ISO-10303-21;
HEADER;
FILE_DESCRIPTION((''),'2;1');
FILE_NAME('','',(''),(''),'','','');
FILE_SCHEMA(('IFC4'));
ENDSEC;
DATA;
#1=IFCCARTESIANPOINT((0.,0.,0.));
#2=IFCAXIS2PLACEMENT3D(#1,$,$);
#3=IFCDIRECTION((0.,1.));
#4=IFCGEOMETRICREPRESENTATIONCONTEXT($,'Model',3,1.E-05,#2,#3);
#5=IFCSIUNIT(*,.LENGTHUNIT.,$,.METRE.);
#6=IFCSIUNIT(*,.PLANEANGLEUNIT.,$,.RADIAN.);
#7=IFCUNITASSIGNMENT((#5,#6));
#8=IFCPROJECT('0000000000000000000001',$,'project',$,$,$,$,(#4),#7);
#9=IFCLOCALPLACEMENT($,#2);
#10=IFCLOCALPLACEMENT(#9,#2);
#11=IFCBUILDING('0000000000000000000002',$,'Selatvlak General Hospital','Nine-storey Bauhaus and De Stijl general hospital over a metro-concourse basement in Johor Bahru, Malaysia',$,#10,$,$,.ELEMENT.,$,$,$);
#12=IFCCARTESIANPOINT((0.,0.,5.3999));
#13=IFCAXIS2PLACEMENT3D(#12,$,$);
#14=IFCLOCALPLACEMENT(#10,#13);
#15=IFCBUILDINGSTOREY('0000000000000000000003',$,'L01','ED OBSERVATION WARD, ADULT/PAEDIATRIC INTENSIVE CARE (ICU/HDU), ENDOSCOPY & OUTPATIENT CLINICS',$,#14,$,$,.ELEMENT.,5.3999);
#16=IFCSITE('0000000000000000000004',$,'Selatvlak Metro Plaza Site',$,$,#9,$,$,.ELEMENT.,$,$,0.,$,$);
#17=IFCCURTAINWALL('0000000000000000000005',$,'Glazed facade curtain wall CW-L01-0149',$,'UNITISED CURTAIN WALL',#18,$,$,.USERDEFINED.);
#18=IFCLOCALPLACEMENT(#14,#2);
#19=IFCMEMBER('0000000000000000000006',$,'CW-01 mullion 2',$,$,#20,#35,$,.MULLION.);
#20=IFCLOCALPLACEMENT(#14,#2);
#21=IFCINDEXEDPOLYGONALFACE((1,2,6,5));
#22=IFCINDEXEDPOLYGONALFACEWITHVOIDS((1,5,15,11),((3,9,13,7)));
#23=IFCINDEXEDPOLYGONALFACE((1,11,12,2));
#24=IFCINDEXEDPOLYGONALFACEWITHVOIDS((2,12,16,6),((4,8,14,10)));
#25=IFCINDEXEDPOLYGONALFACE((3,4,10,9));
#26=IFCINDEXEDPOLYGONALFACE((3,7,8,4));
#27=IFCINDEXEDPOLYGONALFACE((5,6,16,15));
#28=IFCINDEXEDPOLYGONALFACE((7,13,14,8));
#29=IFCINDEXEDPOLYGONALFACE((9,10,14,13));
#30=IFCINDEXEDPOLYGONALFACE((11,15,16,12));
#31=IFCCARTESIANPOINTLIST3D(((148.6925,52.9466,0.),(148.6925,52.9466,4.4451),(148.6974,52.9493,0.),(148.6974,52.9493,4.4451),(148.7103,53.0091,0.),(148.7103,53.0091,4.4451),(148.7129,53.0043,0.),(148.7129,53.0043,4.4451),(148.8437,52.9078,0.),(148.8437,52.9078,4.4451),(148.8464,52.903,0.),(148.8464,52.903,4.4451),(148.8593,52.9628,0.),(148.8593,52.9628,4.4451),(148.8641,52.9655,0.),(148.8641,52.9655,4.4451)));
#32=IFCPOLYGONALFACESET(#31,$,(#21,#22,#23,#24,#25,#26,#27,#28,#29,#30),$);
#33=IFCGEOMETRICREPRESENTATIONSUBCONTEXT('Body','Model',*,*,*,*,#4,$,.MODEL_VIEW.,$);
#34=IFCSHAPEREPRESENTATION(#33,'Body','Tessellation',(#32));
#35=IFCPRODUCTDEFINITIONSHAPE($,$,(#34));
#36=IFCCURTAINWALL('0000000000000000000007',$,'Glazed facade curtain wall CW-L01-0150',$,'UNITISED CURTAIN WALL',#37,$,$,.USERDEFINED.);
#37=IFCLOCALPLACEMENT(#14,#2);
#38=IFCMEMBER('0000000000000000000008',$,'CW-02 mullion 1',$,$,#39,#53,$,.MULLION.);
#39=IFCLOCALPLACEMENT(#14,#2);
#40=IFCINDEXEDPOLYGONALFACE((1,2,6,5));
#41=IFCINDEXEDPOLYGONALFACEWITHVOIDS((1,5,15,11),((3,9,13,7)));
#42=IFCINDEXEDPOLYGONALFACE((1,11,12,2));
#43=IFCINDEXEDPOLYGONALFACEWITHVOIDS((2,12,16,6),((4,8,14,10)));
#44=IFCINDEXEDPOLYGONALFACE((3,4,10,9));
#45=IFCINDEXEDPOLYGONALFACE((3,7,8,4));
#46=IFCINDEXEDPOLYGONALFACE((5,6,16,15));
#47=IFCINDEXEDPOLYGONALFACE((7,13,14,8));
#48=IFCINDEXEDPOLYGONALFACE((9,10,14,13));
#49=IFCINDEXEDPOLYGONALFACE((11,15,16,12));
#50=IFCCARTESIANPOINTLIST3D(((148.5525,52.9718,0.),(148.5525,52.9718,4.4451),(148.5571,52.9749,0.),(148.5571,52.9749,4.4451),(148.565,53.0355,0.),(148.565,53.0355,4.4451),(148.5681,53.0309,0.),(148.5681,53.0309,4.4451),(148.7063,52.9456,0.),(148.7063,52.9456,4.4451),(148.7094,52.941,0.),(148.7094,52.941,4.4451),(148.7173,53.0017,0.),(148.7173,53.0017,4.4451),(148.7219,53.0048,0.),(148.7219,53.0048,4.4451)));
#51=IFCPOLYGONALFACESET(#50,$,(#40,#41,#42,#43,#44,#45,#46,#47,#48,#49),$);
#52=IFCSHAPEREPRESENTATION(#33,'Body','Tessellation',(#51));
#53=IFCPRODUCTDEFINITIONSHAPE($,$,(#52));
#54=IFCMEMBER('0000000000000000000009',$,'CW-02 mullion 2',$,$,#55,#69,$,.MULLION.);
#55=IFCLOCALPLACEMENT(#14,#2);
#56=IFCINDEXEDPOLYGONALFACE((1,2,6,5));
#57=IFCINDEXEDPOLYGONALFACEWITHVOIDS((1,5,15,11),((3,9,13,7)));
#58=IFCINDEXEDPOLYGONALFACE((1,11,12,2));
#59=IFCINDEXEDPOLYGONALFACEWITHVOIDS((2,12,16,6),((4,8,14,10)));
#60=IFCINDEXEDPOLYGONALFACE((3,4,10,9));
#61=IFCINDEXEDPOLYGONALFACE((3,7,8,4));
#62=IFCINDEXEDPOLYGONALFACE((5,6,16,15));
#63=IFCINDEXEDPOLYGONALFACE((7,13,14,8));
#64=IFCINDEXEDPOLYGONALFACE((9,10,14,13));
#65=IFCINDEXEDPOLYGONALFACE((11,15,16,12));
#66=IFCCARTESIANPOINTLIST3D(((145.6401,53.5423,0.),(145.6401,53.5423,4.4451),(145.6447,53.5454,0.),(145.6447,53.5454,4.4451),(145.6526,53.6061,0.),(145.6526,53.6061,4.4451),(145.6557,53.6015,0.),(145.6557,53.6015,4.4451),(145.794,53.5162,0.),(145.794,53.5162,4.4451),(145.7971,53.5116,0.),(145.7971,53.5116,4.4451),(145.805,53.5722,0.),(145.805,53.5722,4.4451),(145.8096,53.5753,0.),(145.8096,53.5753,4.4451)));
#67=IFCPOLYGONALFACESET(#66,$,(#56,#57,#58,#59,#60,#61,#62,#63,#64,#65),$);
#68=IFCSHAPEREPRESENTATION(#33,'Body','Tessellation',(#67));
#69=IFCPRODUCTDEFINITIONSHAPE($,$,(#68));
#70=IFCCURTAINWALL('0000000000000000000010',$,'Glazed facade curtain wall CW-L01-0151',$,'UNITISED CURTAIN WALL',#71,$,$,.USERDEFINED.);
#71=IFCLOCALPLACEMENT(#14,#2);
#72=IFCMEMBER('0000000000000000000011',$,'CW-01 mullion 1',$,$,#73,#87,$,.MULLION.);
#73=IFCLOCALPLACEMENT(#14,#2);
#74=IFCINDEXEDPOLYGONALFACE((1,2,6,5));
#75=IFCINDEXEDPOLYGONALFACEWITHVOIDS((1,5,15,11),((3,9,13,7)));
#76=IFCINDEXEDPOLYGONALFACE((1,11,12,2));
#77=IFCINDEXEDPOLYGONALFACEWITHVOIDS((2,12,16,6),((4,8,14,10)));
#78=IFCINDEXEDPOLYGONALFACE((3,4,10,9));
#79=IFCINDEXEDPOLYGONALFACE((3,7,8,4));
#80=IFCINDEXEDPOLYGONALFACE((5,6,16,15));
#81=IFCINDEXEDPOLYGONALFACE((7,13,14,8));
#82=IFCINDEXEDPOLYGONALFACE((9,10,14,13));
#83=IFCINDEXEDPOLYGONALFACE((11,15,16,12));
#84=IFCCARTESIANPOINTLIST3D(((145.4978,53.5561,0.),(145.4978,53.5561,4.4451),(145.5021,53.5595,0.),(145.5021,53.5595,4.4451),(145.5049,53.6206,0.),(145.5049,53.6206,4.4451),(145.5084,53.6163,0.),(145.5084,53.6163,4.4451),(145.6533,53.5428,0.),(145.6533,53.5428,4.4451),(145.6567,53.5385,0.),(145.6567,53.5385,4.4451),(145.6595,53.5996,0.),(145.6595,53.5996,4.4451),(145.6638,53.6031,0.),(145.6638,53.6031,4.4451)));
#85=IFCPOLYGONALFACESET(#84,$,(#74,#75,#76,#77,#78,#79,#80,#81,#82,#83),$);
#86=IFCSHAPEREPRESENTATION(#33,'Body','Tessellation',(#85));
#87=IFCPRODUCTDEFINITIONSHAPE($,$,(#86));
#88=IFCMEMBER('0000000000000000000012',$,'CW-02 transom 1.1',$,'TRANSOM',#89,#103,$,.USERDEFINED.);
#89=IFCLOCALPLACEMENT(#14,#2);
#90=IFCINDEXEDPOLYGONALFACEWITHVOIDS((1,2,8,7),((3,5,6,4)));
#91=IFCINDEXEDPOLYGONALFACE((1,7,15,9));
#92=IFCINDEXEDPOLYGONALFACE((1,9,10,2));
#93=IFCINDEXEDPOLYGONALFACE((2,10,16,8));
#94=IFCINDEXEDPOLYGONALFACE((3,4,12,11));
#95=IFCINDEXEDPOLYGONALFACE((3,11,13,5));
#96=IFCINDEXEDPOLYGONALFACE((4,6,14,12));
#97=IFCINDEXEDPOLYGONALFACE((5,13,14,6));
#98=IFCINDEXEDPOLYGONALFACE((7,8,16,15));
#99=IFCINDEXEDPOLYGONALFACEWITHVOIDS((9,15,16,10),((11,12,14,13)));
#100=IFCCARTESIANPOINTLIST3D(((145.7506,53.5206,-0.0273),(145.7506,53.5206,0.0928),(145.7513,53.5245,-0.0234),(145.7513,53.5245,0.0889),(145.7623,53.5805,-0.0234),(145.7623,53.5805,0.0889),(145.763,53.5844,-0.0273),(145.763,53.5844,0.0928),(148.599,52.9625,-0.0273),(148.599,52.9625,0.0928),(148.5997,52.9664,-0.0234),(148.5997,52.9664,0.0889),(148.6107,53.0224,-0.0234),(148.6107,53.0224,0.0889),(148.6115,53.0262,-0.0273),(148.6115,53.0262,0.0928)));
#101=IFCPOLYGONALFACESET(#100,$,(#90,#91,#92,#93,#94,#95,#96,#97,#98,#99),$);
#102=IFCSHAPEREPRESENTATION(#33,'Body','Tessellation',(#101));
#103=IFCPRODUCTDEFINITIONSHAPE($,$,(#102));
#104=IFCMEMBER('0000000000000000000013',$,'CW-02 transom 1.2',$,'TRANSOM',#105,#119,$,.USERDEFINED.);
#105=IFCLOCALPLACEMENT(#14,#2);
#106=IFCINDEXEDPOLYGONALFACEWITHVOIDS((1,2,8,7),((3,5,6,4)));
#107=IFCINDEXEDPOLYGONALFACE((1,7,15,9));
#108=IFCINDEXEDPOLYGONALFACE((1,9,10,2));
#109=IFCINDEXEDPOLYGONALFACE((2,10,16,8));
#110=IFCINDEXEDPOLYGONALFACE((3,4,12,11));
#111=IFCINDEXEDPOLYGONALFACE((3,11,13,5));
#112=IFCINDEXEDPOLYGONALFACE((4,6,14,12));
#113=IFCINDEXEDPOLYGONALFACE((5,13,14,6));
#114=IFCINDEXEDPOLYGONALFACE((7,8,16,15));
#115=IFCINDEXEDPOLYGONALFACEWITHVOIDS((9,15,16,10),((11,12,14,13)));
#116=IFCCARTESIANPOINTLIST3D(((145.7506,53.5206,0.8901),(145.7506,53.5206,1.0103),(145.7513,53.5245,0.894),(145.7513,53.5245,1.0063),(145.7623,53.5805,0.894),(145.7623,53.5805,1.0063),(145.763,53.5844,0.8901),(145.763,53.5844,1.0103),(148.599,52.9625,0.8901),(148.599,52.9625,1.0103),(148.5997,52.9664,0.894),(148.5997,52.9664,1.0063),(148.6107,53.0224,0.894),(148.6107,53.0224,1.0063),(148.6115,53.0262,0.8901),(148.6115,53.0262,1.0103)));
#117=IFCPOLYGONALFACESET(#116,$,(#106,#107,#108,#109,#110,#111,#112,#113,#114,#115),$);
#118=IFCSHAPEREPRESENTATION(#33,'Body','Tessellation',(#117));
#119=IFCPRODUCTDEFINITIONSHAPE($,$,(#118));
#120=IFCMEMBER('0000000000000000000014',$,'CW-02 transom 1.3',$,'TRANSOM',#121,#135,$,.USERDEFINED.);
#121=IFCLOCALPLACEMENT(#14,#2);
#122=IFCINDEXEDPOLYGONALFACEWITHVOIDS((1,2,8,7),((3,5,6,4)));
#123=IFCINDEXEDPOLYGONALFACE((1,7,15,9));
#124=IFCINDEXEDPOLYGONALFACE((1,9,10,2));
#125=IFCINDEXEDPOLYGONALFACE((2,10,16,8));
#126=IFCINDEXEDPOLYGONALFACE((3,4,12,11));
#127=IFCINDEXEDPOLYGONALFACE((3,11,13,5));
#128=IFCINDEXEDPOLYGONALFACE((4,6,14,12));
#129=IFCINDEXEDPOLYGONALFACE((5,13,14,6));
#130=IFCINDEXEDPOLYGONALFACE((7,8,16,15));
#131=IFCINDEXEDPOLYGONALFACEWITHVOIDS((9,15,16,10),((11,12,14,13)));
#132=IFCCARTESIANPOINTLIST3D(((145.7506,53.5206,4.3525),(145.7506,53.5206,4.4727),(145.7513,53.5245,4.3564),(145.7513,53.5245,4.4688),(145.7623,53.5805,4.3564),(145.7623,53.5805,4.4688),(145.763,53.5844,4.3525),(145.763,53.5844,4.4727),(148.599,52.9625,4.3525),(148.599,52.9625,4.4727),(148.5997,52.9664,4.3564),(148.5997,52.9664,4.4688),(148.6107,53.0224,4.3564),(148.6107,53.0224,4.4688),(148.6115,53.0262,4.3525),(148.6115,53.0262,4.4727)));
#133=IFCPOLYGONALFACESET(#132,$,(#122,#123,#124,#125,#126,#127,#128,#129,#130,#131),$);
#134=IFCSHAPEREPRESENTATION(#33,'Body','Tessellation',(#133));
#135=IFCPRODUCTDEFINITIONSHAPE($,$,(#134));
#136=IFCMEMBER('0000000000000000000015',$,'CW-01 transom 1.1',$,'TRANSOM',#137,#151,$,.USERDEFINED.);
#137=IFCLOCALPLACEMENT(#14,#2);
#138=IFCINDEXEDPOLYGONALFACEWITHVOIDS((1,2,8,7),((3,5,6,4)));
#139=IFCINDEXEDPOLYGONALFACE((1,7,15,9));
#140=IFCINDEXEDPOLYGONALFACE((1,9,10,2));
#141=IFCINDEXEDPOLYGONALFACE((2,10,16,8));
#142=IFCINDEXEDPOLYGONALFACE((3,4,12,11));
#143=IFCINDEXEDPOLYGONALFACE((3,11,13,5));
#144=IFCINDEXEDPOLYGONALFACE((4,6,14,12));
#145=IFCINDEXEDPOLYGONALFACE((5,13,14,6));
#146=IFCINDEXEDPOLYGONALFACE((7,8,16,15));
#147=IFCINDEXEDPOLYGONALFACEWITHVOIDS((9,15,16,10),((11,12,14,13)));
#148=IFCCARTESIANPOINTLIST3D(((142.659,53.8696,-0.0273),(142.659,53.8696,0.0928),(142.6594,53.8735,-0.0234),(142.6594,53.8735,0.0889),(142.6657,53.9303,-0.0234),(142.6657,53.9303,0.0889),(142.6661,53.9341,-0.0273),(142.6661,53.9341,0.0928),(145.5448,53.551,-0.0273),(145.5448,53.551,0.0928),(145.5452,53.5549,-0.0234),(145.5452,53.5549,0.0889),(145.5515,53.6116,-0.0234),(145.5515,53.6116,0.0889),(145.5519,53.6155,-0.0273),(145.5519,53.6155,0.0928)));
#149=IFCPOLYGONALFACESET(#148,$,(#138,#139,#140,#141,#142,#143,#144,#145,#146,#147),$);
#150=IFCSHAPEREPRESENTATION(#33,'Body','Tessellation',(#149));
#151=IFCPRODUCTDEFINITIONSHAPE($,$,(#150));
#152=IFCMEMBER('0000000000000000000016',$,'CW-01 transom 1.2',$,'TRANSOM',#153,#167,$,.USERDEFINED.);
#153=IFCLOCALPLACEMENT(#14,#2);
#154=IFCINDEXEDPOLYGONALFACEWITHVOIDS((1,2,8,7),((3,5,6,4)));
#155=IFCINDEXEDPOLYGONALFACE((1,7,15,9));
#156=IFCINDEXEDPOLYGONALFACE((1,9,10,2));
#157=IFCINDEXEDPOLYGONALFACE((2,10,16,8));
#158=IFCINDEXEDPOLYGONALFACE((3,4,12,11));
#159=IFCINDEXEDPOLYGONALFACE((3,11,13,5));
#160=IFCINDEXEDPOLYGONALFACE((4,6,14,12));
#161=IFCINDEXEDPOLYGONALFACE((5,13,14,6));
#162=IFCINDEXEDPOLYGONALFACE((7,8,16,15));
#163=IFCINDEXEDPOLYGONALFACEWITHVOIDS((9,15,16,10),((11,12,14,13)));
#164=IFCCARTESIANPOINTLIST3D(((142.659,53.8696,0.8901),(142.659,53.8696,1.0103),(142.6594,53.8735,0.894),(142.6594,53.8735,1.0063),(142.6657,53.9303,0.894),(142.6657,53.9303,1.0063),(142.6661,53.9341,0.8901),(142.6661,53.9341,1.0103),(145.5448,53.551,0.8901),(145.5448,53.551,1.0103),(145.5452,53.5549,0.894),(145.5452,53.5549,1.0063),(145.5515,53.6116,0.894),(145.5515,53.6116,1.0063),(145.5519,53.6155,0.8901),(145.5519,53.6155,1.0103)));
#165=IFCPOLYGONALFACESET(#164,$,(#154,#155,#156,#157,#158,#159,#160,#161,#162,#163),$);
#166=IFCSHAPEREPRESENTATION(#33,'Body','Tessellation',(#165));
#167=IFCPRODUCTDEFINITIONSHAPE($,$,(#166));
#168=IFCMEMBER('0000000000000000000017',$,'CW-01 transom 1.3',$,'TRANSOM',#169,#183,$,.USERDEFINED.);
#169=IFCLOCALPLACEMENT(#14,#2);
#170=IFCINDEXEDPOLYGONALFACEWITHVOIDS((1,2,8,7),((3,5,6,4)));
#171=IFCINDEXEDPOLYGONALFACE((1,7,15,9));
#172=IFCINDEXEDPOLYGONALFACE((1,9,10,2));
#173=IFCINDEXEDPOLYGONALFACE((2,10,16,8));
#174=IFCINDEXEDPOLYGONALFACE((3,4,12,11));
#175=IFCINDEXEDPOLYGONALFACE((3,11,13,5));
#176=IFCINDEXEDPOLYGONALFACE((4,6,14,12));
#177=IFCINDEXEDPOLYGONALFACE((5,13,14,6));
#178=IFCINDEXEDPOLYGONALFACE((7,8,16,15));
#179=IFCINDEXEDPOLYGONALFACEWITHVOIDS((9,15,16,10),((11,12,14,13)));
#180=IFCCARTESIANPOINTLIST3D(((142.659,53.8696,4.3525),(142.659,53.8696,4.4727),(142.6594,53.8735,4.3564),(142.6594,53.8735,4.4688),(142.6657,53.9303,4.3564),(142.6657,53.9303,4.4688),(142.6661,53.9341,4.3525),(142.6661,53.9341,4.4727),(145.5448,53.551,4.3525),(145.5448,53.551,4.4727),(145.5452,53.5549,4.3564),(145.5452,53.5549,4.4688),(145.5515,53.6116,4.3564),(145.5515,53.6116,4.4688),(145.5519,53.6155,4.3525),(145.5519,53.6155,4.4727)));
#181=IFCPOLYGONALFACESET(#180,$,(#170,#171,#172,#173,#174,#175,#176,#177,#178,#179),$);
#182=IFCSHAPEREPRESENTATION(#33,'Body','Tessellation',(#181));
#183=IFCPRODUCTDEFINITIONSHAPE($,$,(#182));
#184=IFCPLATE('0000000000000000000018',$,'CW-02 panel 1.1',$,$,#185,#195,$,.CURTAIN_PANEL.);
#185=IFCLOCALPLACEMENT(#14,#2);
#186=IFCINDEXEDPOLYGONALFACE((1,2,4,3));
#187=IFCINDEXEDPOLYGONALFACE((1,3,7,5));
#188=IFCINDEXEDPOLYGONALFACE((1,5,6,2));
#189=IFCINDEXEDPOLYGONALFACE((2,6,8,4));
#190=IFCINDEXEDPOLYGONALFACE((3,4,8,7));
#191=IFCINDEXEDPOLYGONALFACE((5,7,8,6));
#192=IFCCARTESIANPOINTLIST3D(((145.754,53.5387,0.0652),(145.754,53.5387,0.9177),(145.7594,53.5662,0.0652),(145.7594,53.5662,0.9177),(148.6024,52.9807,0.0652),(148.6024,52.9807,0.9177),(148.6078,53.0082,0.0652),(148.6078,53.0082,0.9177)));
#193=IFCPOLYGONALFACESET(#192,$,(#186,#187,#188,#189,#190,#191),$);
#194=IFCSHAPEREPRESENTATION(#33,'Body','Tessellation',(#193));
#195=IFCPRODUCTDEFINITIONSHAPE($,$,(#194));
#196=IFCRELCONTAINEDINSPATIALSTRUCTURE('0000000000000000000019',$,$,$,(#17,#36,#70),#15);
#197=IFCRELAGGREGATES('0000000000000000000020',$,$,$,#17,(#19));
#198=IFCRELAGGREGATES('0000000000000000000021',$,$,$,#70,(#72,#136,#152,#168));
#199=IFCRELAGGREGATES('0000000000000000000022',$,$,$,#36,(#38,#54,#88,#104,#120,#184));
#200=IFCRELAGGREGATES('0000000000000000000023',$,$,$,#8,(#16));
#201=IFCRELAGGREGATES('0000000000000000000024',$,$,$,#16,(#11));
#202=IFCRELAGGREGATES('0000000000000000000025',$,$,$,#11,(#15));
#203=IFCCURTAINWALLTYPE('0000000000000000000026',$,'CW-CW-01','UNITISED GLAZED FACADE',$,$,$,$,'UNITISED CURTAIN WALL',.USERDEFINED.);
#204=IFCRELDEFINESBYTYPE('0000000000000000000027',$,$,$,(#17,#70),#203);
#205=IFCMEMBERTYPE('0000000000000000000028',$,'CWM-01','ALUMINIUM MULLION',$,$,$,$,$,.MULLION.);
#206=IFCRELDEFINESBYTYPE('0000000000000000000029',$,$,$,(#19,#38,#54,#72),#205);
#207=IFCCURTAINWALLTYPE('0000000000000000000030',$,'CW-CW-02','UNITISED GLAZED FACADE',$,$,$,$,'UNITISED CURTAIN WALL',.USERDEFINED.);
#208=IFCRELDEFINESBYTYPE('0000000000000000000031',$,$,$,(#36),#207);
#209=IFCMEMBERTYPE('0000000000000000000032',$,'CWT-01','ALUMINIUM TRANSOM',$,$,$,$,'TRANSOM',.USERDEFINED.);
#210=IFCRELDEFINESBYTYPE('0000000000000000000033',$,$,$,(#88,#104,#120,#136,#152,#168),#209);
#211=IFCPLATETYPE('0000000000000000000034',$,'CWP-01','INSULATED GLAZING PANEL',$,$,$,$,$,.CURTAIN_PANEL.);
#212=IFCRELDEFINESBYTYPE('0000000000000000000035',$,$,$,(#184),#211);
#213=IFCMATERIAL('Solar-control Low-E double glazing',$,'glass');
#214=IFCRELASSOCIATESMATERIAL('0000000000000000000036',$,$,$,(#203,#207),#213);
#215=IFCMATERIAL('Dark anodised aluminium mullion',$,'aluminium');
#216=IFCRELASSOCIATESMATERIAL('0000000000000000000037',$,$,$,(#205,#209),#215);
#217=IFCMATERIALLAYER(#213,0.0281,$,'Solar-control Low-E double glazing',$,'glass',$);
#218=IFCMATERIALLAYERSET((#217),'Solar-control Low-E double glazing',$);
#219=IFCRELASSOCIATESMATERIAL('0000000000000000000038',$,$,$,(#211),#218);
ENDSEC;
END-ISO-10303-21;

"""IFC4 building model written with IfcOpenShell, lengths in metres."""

from ifc_helpers import new_model, si_unit, direction, frame, origin, origin_2d, place, context, subcontext, project, spatial, rectangle, hollow_rectangle, extrude, material, layer, layer_set, material_profile, profile_set, type_object, element, aggregate, save


model = new_model("IFC4")

# Units and contexts
model_context = context("Model", 3, precision=1e-05, world=origin(), true_north=direction((0.0, 1.0)))
body_context = subcontext(model_context, "Body", "Model", "MODEL_VIEW")
ifc_project = project(units=[si_unit("LENGTHUNIT", "METRE"), si_unit("PLANEANGLEUNIT", "RADIAN")], contexts=[model_context])

# Site, building, storey
site_placement = place(None, origin())
site = spatial("IfcSite", under=ifc_project, at=site_placement, Name="Selatvlak Metro Plaza Site", CompositionType="ELEMENT", RefElevation=0.0)
building_placement = place(site_placement, origin())
building = spatial("IfcBuilding", under=site, at=building_placement, Name="Selatvlak General Hospital", Description="Nine-storey Bauhaus and De Stijl general hospital over a metro-concourse basement in Johor Bahru, Malaysia", CompositionType="ELEMENT")
storey_placement = place(building_placement, frame((0.0, 0.0, 5.3999)))
storey = spatial("IfcBuildingStorey", under=building, at=storey_placement, Name="L01", Description="ED OBSERVATION WARD, ADULT/PAEDIATRIC INTENSIVE CARE (ICU/HDU), ENDOSCOPY & OUTPATIENT CLINICS", CompositionType="ELEMENT", Elevation=5.3999)

# Curtain wall, member
ifc_material_1 = material(Name="Solar-control Low-E double glazing", Category="glass")
curtain_wall_type_1 = type_object("IfcCurtainWallType", Name="CW-CW-01", Description="UNITISED GLAZED FACADE", ElementType="UNITISED CURTAIN WALL", PredefinedType="USERDEFINED", material=ifc_material_1)
curtain_wall_1_placement = place(storey_placement, origin())
curtain_wall_1 = element("IfcCurtainWall", 1, at=curtain_wall_1_placement, inside=storey, type_object=curtain_wall_type_1, Name="Glazed facade curtain wall CW-L01-0149", ObjectType="UNITISED CURTAIN WALL", PredefinedType="USERDEFINED")
ifc_material_2 = material(Name="Dark anodised aluminium mullion", Category="aluminium")
ifc_material_profile_1 = material_profile(ifc_material_2, hollow_rectangle(XDim=0.0649, YDim=0.1599, WallThickness=0.0039, at=origin_2d()), Name="AL-MUL 65x160x4")
ifc_profile_set_1 = profile_set([ifc_material_profile_1], Name="Dark anodised aluminium mullion")
member_type_1 = type_object("IfcMemberType", Name="CWM-01", Description="ALUMINIUM MULLION", PredefinedType="MULLION", material=ifc_profile_set_1)
member_1_placement = place(storey_placement, frame((148.7783, 52.9561, 0.0), z_axis=(0.0, 0.0, 1.0), x_axis=(-0.272847, -0.962057, 0.0)))
member_1 = element("IfcMember", 2, at=member_1_placement, type_object=member_type_1, Name="CW-01 mullion 2", PredefinedType="MULLION", context=body_context, shape_type="SweptSolid", body=[
    extrude(hollow_rectangle(XDim=0.0649, YDim=0.1599, WallThickness=0.0039, at=origin_2d()), origin(), (0.0, 0.0, 1.0), 4.4451),
])
aggregate(curtain_wall_1, [member_1])

# Curtain wall, members
curtain_wall_type_2 = type_object("IfcCurtainWallType", Name="CW-CW-02", Description="UNITISED GLAZED FACADE", ElementType="UNITISED CURTAIN WALL", PredefinedType="USERDEFINED", material=ifc_material_1)
curtain_wall_2_placement = place(storey_placement, origin())
curtain_wall_2 = element("IfcCurtainWall", 3, at=curtain_wall_2_placement, inside=storey, type_object=curtain_wall_type_2, Name="Glazed facade curtain wall CW-L01-0150", ObjectType="UNITISED CURTAIN WALL", PredefinedType="USERDEFINED")
member_2_placement = place(storey_placement, frame((148.6372, 52.9883, 0.0), z_axis=(0.0, 0.0, 1.0), x_axis=(-0.192246, -0.981347, 0.0)))
member_2 = element("IfcMember", 4, at=member_2_placement, type_object=member_type_1, Name="CW-02 mullion 1", PredefinedType="MULLION", context=body_context, shape_type="SweptSolid", body=[
    extrude(hollow_rectangle(XDim=0.0649, YDim=0.1599, WallThickness=0.0039, at=origin_2d()), origin(), (0.0, 0.0, 1.0), 4.4451),
])
member_3_placement = place(storey_placement, frame((145.7249, 53.5588, 0.0), z_axis=(0.0, 0.0, 1.0), x_axis=(-0.192246, -0.981347, 0.0)))
member_3 = element("IfcMember", 5, at=member_3_placement, type_object=member_type_1, Name="CW-02 mullion 2", PredefinedType="MULLION", context=body_context, shape_type="SweptSolid", body=[
    extrude(hollow_rectangle(XDim=0.0649, YDim=0.1599, WallThickness=0.0039, at=origin_2d()), origin(), (0.0, 0.0, 1.0), 4.4451),
])

# Curtain wall, member
curtain_wall_3_placement = place(storey_placement, origin())
curtain_wall_3 = element("IfcCurtainWall", 6, at=curtain_wall_3_placement, inside=storey, type_object=curtain_wall_type_1, Name="Glazed facade curtain wall CW-L01-0151", ObjectType="UNITISED CURTAIN WALL", PredefinedType="USERDEFINED")
member_4_placement = place(storey_placement, frame((145.5808, 53.5796, 0.0), z_axis=(0.0, 0.0, 1.0), x_axis=(-0.10978, -0.993956, 0.0)))
member_4 = element("IfcMember", 7, at=member_4_placement, type_object=member_type_1, Name="CW-01 mullion 1", PredefinedType="MULLION", context=body_context, shape_type="SweptSolid", body=[
    extrude(hollow_rectangle(XDim=0.0649, YDim=0.1599, WallThickness=0.0039, at=origin_2d()), origin(), (0.0, 0.0, 1.0), 4.4451),
])

# Members
ifc_material_profile_2 = material_profile(ifc_material_2, hollow_rectangle(XDim=0.0649, YDim=0.1201, WallThickness=0.0039, at=origin_2d()), Name="AL-TRN 65x120x4")
ifc_profile_set_2 = profile_set([ifc_material_profile_2], Name="Dark anodised aluminium mullion")
member_type_2 = type_object("IfcMemberType", Name="CWT-01", Description="ALUMINIUM TRANSOM", ElementType="TRANSOM", PredefinedType="USERDEFINED", material=ifc_profile_set_2)
member_5_placement = place(storey_placement, frame((148.6052, 52.9944, 0.0327), z_axis=(-0.98134, 0.192281, 0.0), x_axis=(-0.192281, -0.98134, 0.0)))
member_5 = element("IfcMember", 8, at=member_5_placement, type_object=member_type_2, Name="CW-02 transom 1.1", ObjectType="TRANSOM", PredefinedType="USERDEFINED", context=body_context, shape_type="SweptSolid", body=[
    extrude(hollow_rectangle(XDim=0.0649, YDim=0.1201, WallThickness=0.0039, at=origin_2d()), origin(), (0.0, 0.0, 1.0), 2.9026),
])
member_6_placement = place(storey_placement, frame((148.6052, 52.9944, 0.9502), z_axis=(-0.98134, 0.192281, 0.0), x_axis=(-0.192281, -0.98134, 0.0)))
member_6 = element("IfcMember", 9, at=member_6_placement, type_object=member_type_2, Name="CW-02 transom 1.2", ObjectType="TRANSOM", PredefinedType="USERDEFINED", context=body_context, shape_type="SweptSolid", body=[
    extrude(hollow_rectangle(XDim=0.0649, YDim=0.1201, WallThickness=0.0039, at=origin_2d()), origin(), (0.0, 0.0, 1.0), 2.9026),
])
member_7_placement = place(storey_placement, frame((148.6052, 52.9944, 4.4126), z_axis=(-0.98134, 0.192281, 0.0), x_axis=(-0.192281, -0.98134, 0.0)))
member_7 = element("IfcMember", 10, at=member_7_placement, type_object=member_type_2, Name="CW-02 transom 1.3", ObjectType="TRANSOM", PredefinedType="USERDEFINED", context=body_context, shape_type="SweptSolid", body=[
    extrude(hollow_rectangle(XDim=0.0649, YDim=0.1201, WallThickness=0.0039, at=origin_2d()), origin(), (0.0, 0.0, 1.0), 2.9026),
])
member_8_placement = place(storey_placement, frame((145.5483, 53.5833, 0.0327), z_axis=(-0.99396, 0.109739, 0.0), x_axis=(-0.109739, -0.99396, 0.0)))
member_8 = element("IfcMember", 11, at=member_8_placement, type_object=member_type_2, Name="CW-01 transom 1.1", ObjectType="TRANSOM", PredefinedType="USERDEFINED", context=body_context, shape_type="SweptSolid", body=[
    extrude(hollow_rectangle(XDim=0.0649, YDim=0.1201, WallThickness=0.0039, at=origin_2d()), origin(), (0.0, 0.0, 1.0), 2.9033),
])
member_9_placement = place(storey_placement, frame((145.5483, 53.5833, 0.9502), z_axis=(-0.99396, 0.109739, 0.0), x_axis=(-0.109739, -0.99396, 0.0)))
member_9 = element("IfcMember", 12, at=member_9_placement, type_object=member_type_2, Name="CW-01 transom 1.2", ObjectType="TRANSOM", PredefinedType="USERDEFINED", context=body_context, shape_type="SweptSolid", body=[
    extrude(hollow_rectangle(XDim=0.0649, YDim=0.1201, WallThickness=0.0039, at=origin_2d()), origin(), (0.0, 0.0, 1.0), 2.9033),
])
member_10_placement = place(storey_placement, frame((145.5483, 53.5833, 4.4126), z_axis=(-0.99396, 0.109739, 0.0), x_axis=(-0.109739, -0.99396, 0.0)))
member_10 = element("IfcMember", 13, at=member_10_placement, type_object=member_type_2, Name="CW-01 transom 1.3", ObjectType="TRANSOM", PredefinedType="USERDEFINED", context=body_context, shape_type="SweptSolid", body=[
    extrude(hollow_rectangle(XDim=0.0649, YDim=0.1201, WallThickness=0.0039, at=origin_2d()), origin(), (0.0, 0.0, 1.0), 2.9033),
])
aggregate(curtain_wall_3, [member_4, member_8, member_9, member_10])

# Plate
ifc_layer_1 = layer(ifc_material_1, 0.0281, Name="Solar-control Low-E double glazing", Category="glass")
ifc_layer_set_1 = layer_set([ifc_layer_1], Name="Solar-control Low-E double glazing")
plate_type = type_object("IfcPlateType", Name="CWP-01", Description="INSULATED GLAZING PANEL", PredefinedType="CURTAIN_PANEL", material=ifc_layer_set_1)
plate_1_placement = place(storey_placement, frame((147.1809, 53.2734, 0.0652), z_axis=(0.0, 0.0, 1.0), x_axis=(-0.981347, 0.192246, 0.0)))
plate_1 = element("IfcPlate", 14, at=plate_1_placement, type_object=plate_type, Name="CW-02 panel 1.1", PredefinedType="CURTAIN_PANEL", context=body_context, shape_type="SweptSolid", body=[
    extrude(rectangle(XDim=2.9026, YDim=0.0281, at=origin_2d()), origin(), (0.0, 0.0, 1.0), 0.8525),
])
aggregate(curtain_wall_2, [member_2, member_3, member_5, member_6, member_7, plate_1])

save(model, "model.ifc")
